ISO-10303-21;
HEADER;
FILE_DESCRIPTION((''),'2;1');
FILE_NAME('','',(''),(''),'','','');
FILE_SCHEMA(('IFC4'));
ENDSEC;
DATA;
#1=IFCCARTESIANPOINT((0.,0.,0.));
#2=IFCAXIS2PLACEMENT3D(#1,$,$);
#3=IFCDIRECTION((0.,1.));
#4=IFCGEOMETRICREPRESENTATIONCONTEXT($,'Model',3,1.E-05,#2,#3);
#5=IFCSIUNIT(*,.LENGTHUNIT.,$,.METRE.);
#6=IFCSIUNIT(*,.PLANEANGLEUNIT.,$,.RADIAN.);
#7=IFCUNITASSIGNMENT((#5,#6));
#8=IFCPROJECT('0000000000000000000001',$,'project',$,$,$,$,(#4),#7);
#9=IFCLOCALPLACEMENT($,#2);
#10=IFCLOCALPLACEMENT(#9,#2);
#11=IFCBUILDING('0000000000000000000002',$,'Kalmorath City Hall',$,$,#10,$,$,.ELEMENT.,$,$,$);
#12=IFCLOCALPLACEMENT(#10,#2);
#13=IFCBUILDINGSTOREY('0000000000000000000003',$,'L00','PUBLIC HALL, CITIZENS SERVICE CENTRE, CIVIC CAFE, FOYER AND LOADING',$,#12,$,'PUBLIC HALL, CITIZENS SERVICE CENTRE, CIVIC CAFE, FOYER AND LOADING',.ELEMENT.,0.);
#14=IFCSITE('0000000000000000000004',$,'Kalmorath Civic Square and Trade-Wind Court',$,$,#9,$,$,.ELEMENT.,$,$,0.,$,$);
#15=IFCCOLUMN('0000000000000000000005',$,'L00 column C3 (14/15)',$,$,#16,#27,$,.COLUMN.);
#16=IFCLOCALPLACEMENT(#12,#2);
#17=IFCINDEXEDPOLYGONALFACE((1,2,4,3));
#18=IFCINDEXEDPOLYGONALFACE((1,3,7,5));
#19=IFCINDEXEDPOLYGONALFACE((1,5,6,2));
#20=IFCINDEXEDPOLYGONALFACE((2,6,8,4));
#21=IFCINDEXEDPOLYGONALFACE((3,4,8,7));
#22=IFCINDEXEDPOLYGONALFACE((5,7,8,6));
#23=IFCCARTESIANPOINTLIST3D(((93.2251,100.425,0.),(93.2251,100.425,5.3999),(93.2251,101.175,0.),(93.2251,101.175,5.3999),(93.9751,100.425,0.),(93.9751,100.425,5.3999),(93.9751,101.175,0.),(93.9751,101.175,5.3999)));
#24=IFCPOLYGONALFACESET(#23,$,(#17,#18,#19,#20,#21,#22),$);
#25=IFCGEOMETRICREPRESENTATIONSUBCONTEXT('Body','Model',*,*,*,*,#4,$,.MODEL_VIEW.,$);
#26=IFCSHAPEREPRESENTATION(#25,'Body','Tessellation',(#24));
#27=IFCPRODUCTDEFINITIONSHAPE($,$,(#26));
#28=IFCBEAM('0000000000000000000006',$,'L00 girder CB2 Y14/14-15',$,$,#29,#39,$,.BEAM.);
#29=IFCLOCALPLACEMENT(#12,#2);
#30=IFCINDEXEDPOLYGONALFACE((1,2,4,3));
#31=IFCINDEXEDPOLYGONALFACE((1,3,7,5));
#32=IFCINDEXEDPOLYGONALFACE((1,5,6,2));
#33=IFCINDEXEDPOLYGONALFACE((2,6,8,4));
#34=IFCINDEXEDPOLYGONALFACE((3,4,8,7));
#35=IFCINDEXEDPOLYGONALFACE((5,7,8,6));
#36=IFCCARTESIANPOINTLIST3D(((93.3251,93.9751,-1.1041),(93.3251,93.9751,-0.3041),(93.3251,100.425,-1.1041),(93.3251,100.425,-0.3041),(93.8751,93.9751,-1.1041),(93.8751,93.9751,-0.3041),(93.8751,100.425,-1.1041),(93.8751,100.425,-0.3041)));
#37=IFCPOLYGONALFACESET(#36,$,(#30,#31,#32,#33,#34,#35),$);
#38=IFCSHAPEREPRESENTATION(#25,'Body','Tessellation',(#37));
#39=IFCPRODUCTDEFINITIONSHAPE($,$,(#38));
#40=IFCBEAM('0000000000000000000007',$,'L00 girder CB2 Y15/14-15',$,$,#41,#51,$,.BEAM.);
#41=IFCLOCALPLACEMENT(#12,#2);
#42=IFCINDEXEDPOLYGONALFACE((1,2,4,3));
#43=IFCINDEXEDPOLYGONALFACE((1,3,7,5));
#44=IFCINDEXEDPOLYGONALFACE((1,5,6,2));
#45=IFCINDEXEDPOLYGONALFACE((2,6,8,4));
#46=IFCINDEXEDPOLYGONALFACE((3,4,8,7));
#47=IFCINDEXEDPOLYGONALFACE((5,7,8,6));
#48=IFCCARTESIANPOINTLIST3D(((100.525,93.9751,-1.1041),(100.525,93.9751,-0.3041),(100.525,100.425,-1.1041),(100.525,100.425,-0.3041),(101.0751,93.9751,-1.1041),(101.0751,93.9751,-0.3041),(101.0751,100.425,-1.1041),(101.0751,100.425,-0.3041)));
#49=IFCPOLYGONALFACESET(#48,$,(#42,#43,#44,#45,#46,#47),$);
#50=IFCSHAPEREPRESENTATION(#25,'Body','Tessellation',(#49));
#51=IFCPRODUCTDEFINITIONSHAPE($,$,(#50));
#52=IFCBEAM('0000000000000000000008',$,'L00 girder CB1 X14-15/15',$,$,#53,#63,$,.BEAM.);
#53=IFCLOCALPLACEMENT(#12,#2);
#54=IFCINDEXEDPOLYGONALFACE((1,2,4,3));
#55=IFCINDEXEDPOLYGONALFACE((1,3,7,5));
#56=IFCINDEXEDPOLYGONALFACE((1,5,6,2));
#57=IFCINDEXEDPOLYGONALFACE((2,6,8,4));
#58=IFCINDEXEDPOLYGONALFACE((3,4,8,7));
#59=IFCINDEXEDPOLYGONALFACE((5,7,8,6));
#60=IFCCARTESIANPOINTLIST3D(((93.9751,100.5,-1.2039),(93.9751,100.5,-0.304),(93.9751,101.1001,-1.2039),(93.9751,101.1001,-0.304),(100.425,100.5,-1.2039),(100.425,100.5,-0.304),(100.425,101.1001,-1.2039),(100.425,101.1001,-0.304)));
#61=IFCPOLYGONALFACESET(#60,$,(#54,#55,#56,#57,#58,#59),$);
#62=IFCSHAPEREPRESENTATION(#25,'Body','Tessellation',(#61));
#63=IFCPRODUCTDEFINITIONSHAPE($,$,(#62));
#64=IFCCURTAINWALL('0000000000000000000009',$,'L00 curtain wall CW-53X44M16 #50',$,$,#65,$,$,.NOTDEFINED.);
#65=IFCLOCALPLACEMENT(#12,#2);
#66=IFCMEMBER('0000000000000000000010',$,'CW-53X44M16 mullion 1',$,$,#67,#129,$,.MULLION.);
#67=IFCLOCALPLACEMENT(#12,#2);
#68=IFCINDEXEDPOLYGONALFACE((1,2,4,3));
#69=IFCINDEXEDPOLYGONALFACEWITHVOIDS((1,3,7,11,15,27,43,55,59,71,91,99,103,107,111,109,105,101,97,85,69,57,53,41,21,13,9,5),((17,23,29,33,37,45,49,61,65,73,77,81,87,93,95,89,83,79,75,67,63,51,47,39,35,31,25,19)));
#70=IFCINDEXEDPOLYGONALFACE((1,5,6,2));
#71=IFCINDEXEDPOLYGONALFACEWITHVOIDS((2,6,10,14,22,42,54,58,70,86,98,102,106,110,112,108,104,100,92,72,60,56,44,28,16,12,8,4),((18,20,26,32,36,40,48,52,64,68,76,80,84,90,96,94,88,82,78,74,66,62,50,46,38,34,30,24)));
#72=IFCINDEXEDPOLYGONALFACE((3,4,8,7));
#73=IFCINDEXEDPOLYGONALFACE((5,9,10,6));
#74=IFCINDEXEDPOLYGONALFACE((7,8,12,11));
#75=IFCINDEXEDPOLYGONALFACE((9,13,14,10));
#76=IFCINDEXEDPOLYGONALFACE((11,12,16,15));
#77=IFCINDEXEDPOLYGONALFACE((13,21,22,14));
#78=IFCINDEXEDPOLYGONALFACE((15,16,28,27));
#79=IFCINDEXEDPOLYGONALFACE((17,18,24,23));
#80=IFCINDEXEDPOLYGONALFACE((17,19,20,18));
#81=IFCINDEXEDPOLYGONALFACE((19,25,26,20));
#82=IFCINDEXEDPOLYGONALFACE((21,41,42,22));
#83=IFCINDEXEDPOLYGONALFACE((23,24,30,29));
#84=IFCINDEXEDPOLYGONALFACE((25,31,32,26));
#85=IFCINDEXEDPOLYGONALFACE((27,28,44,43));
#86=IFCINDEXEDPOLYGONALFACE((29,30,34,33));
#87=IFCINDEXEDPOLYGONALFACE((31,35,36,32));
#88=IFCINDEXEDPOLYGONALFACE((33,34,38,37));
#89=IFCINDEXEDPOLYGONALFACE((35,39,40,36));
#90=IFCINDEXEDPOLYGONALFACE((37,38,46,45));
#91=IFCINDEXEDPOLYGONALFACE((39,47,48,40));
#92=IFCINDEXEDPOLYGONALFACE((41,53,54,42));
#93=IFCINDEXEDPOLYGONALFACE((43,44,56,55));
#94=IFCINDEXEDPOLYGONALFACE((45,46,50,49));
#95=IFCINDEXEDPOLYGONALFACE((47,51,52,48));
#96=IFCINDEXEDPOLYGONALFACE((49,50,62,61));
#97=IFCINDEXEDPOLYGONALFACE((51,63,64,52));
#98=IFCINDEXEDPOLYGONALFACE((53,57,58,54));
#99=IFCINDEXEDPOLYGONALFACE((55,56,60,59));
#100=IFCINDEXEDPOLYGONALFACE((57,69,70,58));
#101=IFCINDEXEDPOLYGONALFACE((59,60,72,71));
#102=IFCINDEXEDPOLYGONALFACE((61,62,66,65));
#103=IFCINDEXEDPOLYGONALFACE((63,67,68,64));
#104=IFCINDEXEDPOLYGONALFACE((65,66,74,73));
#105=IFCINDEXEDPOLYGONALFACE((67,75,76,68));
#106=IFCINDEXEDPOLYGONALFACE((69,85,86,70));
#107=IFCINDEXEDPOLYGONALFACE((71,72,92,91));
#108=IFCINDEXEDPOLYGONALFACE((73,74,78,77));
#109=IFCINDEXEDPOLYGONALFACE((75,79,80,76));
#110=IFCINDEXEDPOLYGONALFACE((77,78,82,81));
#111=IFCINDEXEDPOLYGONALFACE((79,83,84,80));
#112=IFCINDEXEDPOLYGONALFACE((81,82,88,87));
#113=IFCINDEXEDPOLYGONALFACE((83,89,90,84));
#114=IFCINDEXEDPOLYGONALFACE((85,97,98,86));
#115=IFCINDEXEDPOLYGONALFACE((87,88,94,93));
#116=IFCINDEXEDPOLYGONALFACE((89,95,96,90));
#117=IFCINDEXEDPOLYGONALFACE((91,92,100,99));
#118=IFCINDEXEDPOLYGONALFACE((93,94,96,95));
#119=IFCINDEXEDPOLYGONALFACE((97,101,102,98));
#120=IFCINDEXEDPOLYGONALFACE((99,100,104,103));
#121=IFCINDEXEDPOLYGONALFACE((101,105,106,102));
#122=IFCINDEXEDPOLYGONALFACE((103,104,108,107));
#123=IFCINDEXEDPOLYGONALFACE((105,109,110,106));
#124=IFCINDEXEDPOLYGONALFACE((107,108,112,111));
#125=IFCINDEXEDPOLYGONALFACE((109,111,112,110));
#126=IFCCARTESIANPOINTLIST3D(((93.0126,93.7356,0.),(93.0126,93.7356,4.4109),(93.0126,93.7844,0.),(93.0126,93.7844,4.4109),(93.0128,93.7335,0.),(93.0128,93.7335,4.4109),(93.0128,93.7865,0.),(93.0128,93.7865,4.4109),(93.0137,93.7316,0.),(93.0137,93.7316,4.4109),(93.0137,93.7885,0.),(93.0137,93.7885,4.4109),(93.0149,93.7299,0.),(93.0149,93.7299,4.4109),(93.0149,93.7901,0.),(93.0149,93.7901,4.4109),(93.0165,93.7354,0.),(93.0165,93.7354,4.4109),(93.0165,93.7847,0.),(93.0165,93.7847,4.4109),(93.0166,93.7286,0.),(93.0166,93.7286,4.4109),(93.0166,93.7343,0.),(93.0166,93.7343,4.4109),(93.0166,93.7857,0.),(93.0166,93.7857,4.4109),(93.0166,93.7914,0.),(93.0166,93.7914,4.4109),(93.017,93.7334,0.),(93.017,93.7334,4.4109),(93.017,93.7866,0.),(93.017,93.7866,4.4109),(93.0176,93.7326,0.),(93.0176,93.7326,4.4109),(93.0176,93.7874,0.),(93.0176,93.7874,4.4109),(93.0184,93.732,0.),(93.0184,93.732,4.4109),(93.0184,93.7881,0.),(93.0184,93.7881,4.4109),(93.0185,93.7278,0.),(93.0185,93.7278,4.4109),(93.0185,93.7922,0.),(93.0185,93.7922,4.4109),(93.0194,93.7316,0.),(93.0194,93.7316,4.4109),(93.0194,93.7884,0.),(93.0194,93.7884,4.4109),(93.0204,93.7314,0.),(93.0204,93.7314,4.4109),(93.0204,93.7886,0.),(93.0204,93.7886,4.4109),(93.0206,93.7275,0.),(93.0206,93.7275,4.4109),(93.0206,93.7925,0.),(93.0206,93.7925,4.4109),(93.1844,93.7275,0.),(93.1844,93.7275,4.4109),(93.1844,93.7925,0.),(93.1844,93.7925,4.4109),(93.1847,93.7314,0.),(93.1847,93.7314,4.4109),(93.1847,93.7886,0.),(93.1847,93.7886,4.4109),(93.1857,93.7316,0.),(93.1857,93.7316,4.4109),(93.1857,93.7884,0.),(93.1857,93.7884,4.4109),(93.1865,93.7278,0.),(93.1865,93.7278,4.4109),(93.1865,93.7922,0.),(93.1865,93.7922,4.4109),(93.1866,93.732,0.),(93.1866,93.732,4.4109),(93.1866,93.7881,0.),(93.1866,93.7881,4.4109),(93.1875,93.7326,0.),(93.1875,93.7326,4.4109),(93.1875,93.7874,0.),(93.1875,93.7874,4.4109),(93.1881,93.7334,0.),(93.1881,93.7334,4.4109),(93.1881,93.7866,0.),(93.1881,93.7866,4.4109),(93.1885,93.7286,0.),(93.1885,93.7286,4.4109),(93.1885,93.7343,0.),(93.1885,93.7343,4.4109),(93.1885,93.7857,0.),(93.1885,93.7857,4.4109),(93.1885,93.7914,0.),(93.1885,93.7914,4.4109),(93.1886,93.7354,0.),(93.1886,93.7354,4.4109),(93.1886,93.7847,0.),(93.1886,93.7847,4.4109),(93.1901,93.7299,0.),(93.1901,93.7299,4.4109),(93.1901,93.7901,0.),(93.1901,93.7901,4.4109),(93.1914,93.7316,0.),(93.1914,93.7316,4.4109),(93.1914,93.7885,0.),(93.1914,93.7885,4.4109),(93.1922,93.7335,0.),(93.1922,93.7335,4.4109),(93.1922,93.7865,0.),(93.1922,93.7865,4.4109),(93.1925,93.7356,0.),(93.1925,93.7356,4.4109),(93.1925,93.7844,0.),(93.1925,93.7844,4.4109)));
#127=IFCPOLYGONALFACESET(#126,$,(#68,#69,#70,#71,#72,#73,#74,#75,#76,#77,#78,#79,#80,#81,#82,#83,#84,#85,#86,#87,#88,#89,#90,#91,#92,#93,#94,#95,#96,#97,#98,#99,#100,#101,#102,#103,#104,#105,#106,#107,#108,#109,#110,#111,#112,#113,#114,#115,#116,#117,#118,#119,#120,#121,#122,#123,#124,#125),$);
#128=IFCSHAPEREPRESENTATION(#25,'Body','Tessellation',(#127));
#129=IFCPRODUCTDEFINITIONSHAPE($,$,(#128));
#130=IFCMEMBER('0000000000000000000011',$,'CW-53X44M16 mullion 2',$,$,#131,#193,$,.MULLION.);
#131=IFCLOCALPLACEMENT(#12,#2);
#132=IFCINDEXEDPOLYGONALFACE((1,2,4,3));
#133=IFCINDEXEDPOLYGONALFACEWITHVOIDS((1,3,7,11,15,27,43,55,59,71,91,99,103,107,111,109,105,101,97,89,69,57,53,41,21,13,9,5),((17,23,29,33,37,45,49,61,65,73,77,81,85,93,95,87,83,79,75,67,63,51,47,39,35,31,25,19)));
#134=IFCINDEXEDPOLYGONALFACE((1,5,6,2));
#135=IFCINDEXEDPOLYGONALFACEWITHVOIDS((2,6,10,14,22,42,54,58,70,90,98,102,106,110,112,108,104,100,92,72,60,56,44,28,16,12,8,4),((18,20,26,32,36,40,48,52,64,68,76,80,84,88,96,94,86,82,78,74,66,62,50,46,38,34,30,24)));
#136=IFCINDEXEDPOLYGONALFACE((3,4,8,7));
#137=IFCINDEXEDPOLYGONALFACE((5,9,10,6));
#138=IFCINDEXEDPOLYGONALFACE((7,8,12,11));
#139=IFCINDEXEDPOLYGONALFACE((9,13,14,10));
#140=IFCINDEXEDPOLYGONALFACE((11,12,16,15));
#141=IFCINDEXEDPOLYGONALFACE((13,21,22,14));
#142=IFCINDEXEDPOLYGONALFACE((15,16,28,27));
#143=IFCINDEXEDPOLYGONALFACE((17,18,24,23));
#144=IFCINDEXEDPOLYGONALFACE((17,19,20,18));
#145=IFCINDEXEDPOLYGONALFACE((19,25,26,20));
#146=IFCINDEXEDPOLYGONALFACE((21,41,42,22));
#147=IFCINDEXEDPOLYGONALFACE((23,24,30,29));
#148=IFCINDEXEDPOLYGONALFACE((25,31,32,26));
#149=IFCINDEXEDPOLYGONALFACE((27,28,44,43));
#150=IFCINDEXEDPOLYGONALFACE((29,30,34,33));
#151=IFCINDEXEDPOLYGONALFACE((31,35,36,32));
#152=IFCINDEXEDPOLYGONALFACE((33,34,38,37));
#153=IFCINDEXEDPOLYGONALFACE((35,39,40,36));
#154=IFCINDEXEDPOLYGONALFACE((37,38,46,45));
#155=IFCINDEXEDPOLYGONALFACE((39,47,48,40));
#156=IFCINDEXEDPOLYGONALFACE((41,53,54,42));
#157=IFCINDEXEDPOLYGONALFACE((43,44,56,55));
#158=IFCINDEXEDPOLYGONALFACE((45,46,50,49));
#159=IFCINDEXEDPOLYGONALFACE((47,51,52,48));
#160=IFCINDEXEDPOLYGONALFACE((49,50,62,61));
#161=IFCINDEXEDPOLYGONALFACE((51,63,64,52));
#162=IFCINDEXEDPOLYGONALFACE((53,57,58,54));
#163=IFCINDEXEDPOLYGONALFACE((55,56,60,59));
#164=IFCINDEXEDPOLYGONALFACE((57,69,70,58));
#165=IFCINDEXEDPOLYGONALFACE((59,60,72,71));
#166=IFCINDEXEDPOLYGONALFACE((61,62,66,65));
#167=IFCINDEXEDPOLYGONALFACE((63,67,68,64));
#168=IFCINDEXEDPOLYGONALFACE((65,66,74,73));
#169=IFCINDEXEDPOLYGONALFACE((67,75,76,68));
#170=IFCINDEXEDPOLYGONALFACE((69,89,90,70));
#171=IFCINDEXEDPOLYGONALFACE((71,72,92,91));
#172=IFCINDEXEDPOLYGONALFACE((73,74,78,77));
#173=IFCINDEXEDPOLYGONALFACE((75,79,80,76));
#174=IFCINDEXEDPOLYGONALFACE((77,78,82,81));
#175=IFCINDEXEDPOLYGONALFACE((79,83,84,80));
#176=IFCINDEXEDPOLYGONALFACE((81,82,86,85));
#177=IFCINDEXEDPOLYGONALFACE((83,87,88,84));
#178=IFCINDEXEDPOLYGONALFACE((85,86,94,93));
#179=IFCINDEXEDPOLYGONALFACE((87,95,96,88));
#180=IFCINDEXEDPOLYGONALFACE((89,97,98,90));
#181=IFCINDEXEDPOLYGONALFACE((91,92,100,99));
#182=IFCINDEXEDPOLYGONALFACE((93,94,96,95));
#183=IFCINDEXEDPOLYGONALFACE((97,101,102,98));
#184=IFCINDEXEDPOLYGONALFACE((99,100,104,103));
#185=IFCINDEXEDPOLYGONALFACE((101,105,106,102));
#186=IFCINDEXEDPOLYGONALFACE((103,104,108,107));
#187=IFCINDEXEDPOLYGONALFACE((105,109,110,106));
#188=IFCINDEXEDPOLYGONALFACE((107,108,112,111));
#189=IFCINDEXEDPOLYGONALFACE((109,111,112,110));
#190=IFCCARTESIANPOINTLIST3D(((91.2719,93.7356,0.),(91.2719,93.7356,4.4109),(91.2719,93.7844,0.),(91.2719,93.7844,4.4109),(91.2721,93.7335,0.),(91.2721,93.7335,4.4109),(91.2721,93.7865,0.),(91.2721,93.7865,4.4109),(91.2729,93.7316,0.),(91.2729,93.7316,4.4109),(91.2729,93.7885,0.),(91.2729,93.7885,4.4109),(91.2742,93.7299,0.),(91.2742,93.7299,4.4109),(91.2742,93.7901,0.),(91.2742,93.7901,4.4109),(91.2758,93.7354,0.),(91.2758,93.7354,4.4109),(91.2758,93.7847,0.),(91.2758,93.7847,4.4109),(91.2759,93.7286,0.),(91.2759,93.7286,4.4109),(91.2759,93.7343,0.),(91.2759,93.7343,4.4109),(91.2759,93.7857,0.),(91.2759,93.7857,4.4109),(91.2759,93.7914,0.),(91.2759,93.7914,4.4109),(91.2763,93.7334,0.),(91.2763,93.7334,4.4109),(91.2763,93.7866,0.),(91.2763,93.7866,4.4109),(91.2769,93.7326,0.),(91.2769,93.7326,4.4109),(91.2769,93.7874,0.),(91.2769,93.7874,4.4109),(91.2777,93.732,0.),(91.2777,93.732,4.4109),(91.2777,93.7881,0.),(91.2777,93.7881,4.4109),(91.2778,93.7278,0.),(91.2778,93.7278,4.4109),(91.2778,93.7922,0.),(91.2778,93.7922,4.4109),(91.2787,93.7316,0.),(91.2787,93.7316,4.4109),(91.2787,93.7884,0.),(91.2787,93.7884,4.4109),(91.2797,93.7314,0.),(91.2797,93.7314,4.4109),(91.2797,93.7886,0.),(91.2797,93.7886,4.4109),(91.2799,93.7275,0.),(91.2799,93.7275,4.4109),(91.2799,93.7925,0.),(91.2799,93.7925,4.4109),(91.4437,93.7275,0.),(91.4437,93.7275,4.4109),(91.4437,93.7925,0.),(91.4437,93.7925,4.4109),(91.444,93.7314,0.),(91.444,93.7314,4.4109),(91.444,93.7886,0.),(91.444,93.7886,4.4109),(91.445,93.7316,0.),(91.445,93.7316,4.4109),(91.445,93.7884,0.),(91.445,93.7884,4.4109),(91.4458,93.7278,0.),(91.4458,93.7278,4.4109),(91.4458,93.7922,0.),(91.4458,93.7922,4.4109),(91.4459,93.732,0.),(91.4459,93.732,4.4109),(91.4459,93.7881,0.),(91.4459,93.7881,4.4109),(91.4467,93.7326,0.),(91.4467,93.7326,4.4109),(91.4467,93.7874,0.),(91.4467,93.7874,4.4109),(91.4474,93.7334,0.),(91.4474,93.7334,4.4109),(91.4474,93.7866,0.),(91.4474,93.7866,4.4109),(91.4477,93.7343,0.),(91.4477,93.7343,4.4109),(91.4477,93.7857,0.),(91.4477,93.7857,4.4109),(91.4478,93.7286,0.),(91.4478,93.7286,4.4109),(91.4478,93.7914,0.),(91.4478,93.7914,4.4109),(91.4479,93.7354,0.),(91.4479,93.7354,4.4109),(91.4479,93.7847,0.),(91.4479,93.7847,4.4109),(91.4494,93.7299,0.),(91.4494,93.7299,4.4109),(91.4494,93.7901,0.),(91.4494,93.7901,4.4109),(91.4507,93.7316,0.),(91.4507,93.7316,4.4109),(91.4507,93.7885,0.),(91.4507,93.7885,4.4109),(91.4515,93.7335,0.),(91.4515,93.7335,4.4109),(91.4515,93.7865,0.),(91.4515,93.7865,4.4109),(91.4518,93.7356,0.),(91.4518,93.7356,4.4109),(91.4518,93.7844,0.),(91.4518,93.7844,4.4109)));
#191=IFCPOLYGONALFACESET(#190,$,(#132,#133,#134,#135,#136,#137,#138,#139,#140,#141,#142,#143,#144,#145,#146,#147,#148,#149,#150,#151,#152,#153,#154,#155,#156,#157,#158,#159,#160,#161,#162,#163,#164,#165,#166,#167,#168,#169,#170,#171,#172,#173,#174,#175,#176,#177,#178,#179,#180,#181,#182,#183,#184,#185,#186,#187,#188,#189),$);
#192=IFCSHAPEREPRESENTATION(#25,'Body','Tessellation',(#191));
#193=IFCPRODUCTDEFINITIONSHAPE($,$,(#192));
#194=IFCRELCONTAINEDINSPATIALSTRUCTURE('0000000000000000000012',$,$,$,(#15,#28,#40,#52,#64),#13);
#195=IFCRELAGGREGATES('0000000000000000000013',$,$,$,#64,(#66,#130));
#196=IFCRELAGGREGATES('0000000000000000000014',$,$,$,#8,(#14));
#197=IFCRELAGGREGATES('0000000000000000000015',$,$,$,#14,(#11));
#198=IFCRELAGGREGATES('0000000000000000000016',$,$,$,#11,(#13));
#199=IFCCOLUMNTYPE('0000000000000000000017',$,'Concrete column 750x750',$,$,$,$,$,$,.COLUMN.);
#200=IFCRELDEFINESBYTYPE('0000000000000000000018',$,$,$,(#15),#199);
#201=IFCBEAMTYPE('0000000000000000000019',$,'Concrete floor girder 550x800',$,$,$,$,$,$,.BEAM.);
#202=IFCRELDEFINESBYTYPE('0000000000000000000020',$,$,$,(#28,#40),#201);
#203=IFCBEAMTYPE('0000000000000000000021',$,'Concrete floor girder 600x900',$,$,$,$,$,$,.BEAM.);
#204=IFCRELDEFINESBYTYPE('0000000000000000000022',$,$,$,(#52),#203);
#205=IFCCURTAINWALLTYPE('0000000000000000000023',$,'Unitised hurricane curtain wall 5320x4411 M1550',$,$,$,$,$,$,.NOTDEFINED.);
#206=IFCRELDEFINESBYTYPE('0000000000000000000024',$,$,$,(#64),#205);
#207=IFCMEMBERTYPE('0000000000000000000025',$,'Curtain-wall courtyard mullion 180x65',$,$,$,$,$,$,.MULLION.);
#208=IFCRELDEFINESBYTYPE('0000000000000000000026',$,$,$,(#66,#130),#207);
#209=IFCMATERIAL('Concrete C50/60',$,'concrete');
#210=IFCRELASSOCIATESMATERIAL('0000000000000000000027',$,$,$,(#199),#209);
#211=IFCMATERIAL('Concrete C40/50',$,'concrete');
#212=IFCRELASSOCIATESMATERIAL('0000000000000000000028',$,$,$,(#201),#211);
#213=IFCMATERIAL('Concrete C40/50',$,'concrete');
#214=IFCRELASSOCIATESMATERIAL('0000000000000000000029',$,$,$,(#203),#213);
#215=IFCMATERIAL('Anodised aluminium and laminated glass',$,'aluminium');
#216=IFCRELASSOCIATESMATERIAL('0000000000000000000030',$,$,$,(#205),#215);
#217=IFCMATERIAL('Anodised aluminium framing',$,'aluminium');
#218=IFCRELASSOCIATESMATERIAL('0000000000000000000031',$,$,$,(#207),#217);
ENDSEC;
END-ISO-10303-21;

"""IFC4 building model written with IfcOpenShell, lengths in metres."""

from ifc_helpers import new_model, si_unit, direction, frame, origin, origin_2d, place, context, subcontext, project, spatial, rectangle, hollow_rectangle, extrude, material, material_profile, profile_set, type_object, element, aggregate, save


model = new_model("IFC4")

# Units and contexts
model_context = context("Model", 3, precision=1e-05, world=origin(), true_north=direction((0.0, 1.0)))
body_context = subcontext(model_context, "Body", "Model", "MODEL_VIEW")
ifc_project = project(units=[si_unit("LENGTHUNIT", "METRE"), si_unit("PLANEANGLEUNIT", "RADIAN")], contexts=[model_context])

# Site, building, storey
site_placement = place(None, origin())
site = spatial("IfcSite", under=ifc_project, at=site_placement, Name="Kalmorath Civic Square and Trade-Wind Court", CompositionType="ELEMENT", RefElevation=0.0)
building_placement = place(site_placement, origin())
building = spatial("IfcBuilding", under=site, at=building_placement, Name="Kalmorath City Hall", CompositionType="ELEMENT")
storey_placement = place(building_placement, origin())
storey = spatial("IfcBuildingStorey", under=building, at=storey_placement, Name="L00", Description="PUBLIC HALL, CITIZENS SERVICE CENTRE, CIVIC CAFE, FOYER AND LOADING", LongName="PUBLIC HALL, CITIZENS SERVICE CENTRE, CIVIC CAFE, FOYER AND LOADING", CompositionType="ELEMENT", Elevation=0.0)

# Column
ifc_material_1 = material(Name="Concrete C50/60", Category="concrete")
ifc_material_profile_1 = material_profile(ifc_material_1, rectangle(XDim=0.75, YDim=0.75, at=origin_2d()), Name="RC-COL-750X750")
ifc_profile_set_1 = profile_set([ifc_material_profile_1], Name="Concrete C50/60")
column_type = type_object("IfcColumnType", Name="Concrete column 750x750", PredefinedType="COLUMN", material=ifc_profile_set_1)
column_placement = place(storey_placement, frame((93.6001, 100.8, 0.0), z_axis=(0.0, 0.0, 1.0), x_axis=(1.0, 0.0, 0.0)))
element("IfcColumn", 1, at=column_placement, inside=storey, type_object=column_type, Name="L00 column C3 (14/15)", PredefinedType="COLUMN", context=body_context, shape_type="SweptSolid", body=[
    extrude(rectangle(XDim=0.75, YDim=0.75, at=origin_2d()), origin(), (0.0, 0.0, 1.0), 5.3999),
])

# Beams
ifc_material_2 = material(Name="Concrete C40/50", Category="concrete")
ifc_material_profile_2 = material_profile(ifc_material_2, rectangle(XDim=0.55, YDim=0.8, at=origin_2d()), Name="RC-BM-550X800")
ifc_profile_set_2 = profile_set([ifc_material_profile_2], Name="Concrete C40/50")
beam_type_1 = type_object("IfcBeamType", Name="Concrete floor girder 550x800", PredefinedType="BEAM", material=ifc_profile_set_2)
for number, where, z_axis, x_axis, name in (
    (2, (93.6001, 93.9751, -0.7041), (0.0, 1.0, 0.0), (-1.0, 0.0, 0.0), "L00 girder CB2 Y14/14-15"),
    (3, (100.8, 93.9751, -0.7041), (0.0, 1.0, 0.0), (-1.0, 0.0, 0.0), "L00 girder CB2 Y15/14-15"),
):
    element("IfcBeam", number, at=place(storey_placement, frame(where, z_axis=z_axis, x_axis=x_axis)), inside=storey, type_object=beam_type_1, Name=name, PredefinedType="BEAM", context=body_context, shape_type="SweptSolid", body=[
        extrude(rectangle(XDim=0.55, YDim=0.8, at=origin_2d()), origin(), (0.0, 0.0, 1.0), 6.45),
    ])
ifc_material_3 = material(Name="Concrete C40/50", Category="concrete")
ifc_material_profile_3 = material_profile(ifc_material_3, rectangle(XDim=0.6001, YDim=0.8999, at=origin_2d()), Name="RC-BM-600X900")
ifc_profile_set_3 = profile_set([ifc_material_profile_3], Name="Concrete C40/50")
beam_type_2 = type_object("IfcBeamType", Name="Concrete floor girder 600x900", PredefinedType="BEAM", material=ifc_profile_set_3)
beam_placement = place(storey_placement, frame((93.9751, 100.8, -0.7539), z_axis=(1.0, 0.0, 0.0), x_axis=(0.0, 1.0, 0.0)))
element("IfcBeam", 4, at=beam_placement, inside=storey, type_object=beam_type_2, Name="L00 girder CB1 X14-15/15", PredefinedType="BEAM", context=body_context, shape_type="SweptSolid", body=[
    extrude(rectangle(XDim=0.6001, YDim=0.8999, at=origin_2d()), origin(), (0.0, 0.0, 1.0), 6.45),
])

# Curtain wall, members
ifc_material_4 = material(Name="Anodised aluminium and laminated glass", Category="aluminium")
curtain_wall_type = type_object("IfcCurtainWallType", Name="Unitised hurricane curtain wall 5320x4411 M1550", PredefinedType="NOTDEFINED", material=ifc_material_4)
curtain_wall_placement = place(storey_placement, origin())
curtain_wall = element("IfcCurtainWall", 5, at=curtain_wall_placement, inside=storey, type_object=curtain_wall_type, Name="L00 curtain wall CW-53X44M16 #50", PredefinedType="NOTDEFINED")
ifc_material_5 = material(Name="Anodised aluminium framing", Category="aluminium")
ifc_material_profile_4 = material_profile(ifc_material_5, hollow_rectangle(XDim=0.0649, YDim=0.1799, WallThickness=0.0039, InnerFilletRadius=0.0039, OuterFilletRadius=0.0081, at=origin_2d()), Name="ALU-MUL-180X65X4")
ifc_profile_set_4 = profile_set([ifc_material_profile_4], Name="Anodised aluminium framing")
member_type_1 = type_object("IfcMemberType", Name="Curtain-wall courtyard mullion 180x65", PredefinedType="MULLION", material=ifc_profile_set_4)
member_1_placement = place(storey_placement, frame((93.1025, 93.76, 0.0), z_axis=(0.0, 0.0, 1.0), x_axis=(0.0, -1.0, 0.0)))
member_1 = element("IfcMember", 6, at=member_1_placement, type_object=member_type_1, Name="CW-53X44M16 mullion 1", PredefinedType="MULLION", context=body_context, shape_type="SweptSolid", body=[
    extrude(hollow_rectangle(XDim=0.0649, YDim=0.1799, WallThickness=0.0039, InnerFilletRadius=0.0039, OuterFilletRadius=0.0081, at=origin_2d()), origin(), (0.0, 0.0, 1.0), 4.4109),
])
member_2_placement = place(storey_placement, frame((91.3618, 93.76, 0.0), z_axis=(0.0, 0.0, 1.0), x_axis=(0.0, -1.0, 0.0)))
member_2 = element("IfcMember", 7, at=member_2_placement, type_object=member_type_1, Name="CW-53X44M16 mullion 2", PredefinedType="MULLION", context=body_context, shape_type="SweptSolid", body=[
    extrude(hollow_rectangle(XDim=0.0649, YDim=0.1799, WallThickness=0.0039, InnerFilletRadius=0.0039, OuterFilletRadius=0.0081, at=origin_2d()), origin(), (0.0, 0.0, 1.0), 4.4109),
])

aggregate(curtain_wall, [member_1, member_2])

save(model, "model.ifc")
